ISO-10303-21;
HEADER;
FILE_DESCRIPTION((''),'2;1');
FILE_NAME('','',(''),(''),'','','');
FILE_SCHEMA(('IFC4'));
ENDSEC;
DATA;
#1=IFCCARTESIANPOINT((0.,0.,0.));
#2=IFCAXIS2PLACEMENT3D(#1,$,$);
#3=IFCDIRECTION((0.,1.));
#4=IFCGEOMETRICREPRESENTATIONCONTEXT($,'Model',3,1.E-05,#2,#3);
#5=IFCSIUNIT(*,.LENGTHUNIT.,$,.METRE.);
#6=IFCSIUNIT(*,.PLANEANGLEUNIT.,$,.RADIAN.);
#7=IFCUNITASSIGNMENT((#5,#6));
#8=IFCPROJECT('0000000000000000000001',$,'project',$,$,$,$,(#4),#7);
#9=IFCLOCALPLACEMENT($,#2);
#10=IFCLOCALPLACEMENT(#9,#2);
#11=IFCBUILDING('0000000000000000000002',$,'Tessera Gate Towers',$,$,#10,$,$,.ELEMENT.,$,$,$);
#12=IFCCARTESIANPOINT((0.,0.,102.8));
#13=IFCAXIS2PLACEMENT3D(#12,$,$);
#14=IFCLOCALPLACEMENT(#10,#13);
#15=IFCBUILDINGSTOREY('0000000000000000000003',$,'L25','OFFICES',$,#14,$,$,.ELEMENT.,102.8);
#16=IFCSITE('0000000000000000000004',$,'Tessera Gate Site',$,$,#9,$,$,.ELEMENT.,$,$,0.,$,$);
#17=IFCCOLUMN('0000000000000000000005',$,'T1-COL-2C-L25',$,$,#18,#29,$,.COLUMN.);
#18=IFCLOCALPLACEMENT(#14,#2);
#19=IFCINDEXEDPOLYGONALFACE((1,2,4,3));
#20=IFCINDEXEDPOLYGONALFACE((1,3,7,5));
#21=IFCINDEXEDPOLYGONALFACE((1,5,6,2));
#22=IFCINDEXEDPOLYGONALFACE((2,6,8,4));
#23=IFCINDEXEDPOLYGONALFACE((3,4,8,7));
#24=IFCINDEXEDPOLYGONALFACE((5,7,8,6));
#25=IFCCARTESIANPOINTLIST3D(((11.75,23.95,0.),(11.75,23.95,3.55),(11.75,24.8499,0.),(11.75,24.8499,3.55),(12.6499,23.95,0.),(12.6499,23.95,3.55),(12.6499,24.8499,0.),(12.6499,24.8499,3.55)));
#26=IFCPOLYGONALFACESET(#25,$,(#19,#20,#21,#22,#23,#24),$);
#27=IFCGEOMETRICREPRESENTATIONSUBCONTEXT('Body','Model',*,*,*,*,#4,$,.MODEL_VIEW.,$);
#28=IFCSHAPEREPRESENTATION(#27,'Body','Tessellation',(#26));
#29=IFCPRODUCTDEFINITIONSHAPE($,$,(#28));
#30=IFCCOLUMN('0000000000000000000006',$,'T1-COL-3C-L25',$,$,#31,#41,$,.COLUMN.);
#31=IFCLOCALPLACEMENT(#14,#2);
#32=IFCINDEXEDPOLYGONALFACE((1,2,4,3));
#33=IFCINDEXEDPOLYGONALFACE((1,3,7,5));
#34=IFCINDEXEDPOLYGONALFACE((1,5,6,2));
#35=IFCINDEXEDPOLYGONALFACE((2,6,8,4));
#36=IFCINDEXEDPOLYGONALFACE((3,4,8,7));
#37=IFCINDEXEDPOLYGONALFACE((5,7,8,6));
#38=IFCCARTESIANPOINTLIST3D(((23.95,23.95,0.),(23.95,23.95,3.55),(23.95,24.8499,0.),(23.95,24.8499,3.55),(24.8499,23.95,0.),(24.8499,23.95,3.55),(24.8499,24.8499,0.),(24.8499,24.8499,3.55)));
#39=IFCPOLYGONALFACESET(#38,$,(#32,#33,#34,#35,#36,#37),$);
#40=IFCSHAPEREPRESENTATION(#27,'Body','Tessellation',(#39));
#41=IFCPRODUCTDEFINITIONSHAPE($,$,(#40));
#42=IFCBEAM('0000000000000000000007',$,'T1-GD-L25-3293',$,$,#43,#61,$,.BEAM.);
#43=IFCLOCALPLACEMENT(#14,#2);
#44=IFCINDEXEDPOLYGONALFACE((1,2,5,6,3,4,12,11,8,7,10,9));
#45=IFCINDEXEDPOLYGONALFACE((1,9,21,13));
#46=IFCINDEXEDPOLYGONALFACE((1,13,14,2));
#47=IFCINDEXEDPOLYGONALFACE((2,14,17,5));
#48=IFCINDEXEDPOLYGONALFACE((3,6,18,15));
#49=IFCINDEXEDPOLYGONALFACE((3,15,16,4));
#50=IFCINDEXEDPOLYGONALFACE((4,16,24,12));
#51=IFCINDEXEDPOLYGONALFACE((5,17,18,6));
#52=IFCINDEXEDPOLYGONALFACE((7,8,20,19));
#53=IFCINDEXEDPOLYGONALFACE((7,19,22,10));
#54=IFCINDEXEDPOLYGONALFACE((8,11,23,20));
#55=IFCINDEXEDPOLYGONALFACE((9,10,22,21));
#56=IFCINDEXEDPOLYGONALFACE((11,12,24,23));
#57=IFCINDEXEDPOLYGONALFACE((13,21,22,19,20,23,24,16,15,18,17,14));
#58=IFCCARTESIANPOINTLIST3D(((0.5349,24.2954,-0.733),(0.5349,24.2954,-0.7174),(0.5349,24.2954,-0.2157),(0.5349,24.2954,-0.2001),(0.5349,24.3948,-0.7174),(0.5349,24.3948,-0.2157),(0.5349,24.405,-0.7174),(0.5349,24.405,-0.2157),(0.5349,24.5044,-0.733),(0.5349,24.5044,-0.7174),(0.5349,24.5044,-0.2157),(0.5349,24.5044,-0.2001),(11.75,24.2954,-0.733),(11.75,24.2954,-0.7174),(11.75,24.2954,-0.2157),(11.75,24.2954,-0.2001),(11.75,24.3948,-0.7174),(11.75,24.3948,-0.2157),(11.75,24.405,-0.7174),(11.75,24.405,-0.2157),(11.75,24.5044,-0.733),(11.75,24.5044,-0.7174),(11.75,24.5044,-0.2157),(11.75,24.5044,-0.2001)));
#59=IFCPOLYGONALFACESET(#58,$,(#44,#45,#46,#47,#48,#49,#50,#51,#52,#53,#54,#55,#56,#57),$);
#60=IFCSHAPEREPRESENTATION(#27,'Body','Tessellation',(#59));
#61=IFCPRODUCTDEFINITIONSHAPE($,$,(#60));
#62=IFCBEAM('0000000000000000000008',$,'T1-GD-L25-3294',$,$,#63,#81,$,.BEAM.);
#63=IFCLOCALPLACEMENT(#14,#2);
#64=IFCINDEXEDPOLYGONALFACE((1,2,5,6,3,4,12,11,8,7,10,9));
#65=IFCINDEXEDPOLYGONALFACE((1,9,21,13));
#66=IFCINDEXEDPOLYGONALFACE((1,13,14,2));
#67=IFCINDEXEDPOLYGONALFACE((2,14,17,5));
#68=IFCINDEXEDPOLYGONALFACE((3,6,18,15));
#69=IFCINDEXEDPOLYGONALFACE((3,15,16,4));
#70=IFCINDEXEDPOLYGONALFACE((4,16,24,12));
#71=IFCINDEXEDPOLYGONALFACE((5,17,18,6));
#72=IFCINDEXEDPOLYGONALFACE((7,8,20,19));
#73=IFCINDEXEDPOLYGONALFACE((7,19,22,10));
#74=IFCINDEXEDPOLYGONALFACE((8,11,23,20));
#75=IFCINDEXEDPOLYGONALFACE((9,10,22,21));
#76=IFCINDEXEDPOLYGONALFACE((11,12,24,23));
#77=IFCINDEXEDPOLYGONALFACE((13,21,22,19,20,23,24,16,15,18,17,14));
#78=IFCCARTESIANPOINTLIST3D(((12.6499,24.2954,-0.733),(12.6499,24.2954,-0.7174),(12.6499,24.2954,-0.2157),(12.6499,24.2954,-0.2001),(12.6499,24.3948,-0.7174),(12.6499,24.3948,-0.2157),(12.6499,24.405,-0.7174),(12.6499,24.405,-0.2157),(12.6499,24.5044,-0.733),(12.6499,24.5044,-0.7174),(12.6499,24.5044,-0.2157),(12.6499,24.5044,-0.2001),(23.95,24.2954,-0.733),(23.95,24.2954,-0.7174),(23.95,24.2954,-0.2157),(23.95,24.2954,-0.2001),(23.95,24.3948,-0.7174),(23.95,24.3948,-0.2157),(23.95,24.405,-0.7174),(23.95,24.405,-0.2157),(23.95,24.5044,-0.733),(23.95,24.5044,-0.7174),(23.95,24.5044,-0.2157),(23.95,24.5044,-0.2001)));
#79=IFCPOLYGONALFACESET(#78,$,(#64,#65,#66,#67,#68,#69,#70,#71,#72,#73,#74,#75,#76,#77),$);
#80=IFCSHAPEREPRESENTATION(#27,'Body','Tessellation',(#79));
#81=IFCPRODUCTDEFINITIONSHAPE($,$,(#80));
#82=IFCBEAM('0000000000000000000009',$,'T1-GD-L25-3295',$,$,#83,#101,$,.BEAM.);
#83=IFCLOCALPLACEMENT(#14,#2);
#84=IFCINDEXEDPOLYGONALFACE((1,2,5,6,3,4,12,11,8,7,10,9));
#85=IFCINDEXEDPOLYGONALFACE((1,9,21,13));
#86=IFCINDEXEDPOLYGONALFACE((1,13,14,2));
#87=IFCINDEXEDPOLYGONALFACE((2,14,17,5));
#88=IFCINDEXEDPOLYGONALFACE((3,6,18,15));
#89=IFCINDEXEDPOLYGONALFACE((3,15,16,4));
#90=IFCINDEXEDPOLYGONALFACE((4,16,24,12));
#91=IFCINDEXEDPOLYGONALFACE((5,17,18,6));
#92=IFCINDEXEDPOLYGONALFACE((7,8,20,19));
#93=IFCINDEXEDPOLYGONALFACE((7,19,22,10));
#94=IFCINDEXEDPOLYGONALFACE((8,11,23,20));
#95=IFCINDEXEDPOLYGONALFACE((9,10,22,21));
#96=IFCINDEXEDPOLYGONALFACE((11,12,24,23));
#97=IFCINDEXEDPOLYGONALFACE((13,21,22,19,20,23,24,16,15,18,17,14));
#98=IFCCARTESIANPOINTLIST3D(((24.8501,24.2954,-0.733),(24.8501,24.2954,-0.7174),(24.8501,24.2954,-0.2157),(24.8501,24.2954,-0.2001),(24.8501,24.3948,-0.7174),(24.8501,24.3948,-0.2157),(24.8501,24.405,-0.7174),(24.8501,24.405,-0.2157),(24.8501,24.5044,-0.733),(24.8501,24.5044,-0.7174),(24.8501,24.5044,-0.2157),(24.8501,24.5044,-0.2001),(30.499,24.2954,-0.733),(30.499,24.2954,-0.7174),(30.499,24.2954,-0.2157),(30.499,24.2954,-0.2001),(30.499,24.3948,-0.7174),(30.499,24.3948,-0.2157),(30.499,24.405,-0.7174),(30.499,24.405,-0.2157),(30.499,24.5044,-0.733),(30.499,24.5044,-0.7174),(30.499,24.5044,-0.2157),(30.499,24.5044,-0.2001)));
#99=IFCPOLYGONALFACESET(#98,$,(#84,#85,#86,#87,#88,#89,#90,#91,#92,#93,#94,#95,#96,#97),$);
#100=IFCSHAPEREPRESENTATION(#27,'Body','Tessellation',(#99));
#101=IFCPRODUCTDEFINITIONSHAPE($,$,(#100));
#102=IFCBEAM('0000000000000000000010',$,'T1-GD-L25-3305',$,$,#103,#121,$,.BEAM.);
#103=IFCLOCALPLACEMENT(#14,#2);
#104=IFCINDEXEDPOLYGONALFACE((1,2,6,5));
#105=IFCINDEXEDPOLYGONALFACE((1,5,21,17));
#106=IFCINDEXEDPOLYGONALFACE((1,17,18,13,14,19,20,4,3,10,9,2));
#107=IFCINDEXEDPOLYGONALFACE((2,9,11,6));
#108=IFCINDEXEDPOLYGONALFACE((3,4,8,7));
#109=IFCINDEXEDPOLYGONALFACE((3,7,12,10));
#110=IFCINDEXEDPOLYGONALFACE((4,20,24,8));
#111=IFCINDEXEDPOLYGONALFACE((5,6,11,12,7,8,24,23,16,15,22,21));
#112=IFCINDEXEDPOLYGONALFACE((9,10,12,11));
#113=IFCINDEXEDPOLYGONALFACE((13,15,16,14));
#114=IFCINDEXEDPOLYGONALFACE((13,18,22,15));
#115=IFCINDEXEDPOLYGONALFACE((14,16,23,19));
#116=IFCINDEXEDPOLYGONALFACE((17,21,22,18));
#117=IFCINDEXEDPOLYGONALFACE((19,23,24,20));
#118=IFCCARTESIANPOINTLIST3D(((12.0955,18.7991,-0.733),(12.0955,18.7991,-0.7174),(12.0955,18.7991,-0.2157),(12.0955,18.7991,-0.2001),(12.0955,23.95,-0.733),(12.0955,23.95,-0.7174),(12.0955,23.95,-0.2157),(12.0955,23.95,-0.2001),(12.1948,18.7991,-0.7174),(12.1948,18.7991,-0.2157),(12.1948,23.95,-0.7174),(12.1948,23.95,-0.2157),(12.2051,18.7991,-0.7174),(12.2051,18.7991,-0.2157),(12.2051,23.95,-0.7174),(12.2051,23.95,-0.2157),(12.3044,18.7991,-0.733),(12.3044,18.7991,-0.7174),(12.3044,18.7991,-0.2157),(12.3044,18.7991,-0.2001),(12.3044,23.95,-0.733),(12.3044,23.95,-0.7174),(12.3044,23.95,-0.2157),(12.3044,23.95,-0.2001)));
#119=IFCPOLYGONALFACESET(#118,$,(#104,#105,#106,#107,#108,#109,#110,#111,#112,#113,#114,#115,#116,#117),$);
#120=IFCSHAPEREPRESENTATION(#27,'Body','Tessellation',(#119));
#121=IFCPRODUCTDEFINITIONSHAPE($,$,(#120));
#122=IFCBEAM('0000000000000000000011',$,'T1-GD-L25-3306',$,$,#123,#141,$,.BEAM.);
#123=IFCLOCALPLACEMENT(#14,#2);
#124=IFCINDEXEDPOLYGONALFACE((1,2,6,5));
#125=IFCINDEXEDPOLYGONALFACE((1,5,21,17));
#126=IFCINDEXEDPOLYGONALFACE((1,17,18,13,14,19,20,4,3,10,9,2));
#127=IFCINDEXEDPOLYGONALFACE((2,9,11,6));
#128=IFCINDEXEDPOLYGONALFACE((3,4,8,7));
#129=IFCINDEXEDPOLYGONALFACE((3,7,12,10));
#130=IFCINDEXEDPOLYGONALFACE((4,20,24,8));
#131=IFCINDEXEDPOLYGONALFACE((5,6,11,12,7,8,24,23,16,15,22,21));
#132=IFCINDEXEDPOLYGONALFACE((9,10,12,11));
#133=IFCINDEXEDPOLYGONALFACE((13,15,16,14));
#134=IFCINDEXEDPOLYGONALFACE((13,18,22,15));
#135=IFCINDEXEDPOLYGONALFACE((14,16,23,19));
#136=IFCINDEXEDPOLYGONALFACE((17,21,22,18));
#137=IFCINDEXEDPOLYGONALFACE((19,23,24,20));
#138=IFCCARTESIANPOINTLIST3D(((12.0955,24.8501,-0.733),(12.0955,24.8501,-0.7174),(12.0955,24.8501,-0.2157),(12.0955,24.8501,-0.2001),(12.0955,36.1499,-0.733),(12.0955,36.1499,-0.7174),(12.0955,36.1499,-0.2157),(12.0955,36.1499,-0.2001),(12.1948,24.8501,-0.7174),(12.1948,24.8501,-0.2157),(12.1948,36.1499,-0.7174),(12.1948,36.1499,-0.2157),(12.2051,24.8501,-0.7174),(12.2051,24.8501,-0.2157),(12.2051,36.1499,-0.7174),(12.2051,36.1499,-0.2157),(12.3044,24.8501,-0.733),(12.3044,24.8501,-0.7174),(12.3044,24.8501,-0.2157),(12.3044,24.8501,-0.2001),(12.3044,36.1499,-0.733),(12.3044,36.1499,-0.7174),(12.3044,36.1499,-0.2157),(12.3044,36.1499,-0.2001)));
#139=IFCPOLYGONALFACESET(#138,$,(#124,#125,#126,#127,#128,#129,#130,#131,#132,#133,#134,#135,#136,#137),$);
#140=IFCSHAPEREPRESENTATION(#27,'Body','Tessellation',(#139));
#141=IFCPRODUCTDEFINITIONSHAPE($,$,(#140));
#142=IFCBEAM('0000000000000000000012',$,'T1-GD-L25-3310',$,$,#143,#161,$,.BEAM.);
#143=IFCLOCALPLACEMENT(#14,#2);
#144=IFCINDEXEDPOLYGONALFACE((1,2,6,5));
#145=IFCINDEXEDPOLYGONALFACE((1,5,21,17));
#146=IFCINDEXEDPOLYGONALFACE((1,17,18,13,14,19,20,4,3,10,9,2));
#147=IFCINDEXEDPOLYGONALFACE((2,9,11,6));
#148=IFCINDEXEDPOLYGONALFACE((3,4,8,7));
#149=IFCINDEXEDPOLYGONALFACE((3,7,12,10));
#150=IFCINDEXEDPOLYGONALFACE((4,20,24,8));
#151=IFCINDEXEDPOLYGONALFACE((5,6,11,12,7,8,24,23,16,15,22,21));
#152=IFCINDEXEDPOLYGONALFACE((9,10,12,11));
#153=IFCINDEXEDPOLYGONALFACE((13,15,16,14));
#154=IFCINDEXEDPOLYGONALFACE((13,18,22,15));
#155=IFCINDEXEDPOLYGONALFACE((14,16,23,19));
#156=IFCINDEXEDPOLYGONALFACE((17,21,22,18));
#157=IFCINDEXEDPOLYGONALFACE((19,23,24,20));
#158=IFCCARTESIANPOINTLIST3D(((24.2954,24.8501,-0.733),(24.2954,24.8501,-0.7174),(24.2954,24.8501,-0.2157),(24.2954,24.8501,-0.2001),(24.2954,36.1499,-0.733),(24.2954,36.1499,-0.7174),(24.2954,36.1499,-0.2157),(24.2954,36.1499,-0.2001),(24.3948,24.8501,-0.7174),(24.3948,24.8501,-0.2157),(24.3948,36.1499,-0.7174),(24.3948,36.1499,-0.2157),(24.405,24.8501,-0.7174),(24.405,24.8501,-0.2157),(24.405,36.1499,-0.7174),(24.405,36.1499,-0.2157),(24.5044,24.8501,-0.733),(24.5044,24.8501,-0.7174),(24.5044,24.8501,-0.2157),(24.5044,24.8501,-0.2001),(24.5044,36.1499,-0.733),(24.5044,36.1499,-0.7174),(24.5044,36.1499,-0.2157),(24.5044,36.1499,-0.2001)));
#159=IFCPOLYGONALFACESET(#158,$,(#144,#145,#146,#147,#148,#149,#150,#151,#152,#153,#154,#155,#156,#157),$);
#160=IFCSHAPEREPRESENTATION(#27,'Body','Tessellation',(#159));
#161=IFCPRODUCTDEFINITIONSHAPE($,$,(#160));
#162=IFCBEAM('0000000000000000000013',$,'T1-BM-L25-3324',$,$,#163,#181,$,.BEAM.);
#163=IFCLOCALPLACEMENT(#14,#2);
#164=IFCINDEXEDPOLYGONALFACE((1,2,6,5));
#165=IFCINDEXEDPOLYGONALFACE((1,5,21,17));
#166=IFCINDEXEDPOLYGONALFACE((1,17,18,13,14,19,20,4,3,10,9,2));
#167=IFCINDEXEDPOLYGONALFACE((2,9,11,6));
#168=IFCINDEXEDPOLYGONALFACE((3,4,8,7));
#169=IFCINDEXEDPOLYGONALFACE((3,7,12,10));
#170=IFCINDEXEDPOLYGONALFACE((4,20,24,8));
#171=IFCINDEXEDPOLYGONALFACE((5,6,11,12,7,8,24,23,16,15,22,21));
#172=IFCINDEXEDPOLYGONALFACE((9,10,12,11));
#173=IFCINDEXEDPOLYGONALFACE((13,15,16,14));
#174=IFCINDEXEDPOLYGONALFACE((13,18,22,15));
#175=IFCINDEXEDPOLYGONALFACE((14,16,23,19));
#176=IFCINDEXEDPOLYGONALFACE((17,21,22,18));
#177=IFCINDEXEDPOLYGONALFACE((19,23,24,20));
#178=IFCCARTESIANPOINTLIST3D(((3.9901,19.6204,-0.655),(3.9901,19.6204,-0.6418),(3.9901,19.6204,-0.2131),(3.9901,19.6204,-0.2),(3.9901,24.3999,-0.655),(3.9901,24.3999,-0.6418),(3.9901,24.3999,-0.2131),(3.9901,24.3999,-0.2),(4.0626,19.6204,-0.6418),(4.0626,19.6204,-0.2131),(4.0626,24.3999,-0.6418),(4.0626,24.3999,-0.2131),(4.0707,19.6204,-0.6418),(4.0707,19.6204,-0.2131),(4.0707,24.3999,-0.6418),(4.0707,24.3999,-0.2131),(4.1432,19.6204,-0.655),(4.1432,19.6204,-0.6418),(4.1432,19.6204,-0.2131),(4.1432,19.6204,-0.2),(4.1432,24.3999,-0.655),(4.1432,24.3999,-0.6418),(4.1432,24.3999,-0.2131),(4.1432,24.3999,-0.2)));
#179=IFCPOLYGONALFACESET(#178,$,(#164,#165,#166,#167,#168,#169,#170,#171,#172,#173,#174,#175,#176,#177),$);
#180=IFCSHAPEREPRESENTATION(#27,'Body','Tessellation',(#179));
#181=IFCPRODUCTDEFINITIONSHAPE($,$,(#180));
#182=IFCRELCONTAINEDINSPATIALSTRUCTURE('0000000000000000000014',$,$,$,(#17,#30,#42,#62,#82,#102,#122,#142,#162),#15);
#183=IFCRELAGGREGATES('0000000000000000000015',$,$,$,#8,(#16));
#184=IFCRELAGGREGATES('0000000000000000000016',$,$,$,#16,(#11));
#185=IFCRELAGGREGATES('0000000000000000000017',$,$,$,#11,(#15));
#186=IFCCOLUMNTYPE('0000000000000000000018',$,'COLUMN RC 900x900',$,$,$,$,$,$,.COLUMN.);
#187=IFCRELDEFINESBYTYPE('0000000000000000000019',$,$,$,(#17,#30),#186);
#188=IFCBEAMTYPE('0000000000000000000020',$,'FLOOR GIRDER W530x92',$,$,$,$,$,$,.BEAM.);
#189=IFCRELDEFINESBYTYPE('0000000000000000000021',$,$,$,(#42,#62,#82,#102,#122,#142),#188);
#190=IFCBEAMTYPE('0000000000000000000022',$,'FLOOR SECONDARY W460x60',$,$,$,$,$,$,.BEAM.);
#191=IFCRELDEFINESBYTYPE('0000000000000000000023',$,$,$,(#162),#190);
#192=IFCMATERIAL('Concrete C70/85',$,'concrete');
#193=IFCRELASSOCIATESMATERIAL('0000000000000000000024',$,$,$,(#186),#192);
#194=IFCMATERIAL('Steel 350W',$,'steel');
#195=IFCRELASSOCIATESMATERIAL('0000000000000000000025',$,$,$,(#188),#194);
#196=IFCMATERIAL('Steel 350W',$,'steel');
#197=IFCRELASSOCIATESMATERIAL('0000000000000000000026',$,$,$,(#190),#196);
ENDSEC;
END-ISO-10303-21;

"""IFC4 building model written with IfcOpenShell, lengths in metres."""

from ifc_helpers import new_model, si_unit, direction, frame, origin, origin_2d, place, context, subcontext, project, spatial, rectangle, i_section, extrude, material, material_profile, profile_set, type_object, element, save


model = new_model("IFC4")

# Units and contexts
model_context = context("Model", 3, precision=1e-05, world=origin(), true_north=direction((0.0, 1.0)))
body_context = subcontext(model_context, "Body", "Model", "MODEL_VIEW")
ifc_project = project(units=[si_unit("LENGTHUNIT", "METRE"), si_unit("PLANEANGLEUNIT", "RADIAN")], contexts=[model_context])

# Site, building, storey
site_placement = place(None, origin())
site = spatial("IfcSite", under=ifc_project, at=site_placement, Name="Tessera Gate Site", CompositionType="ELEMENT", RefElevation=0.0)
building_placement = place(site_placement, origin())
building = spatial("IfcBuilding", under=site, at=building_placement, Name="Tessera Gate Towers", CompositionType="ELEMENT")
storey_placement = place(building_placement, frame((0.0, 0.0, 102.8)))
storey = spatial("IfcBuildingStorey", under=building, at=storey_placement, Name="L25", Description="OFFICES", CompositionType="ELEMENT", Elevation=102.8)

# Columns
ifc_material_1 = material(Name="Concrete C70/85", Category="concrete")
ifc_material_profile_1 = material_profile(ifc_material_1, rectangle(XDim=0.8999, YDim=0.8999, at=origin_2d()), Name="RC 900x900")
ifc_profile_set_1 = profile_set([ifc_material_profile_1], Name="Concrete C70/85")
column_type = type_object("IfcColumnType", Name="COLUMN RC 900x900", PredefinedType="COLUMN", material=ifc_profile_set_1)
for number, where, z_axis, x_axis, name in (
    (1, (12.2, 24.3999, 0.0), (0.0, 0.0, 1.0), (1.0, 0.0, 0.0), "T1-COL-2C-L25"),
    (2, (24.3999, 24.3999, 0.0), (0.0, 0.0, 1.0), (1.0, 0.0, 0.0), "T1-COL-3C-L25"),
):
    element("IfcColumn", number, at=place(storey_placement, frame(where, z_axis=z_axis, x_axis=x_axis)), inside=storey, type_object=column_type, Name=name, PredefinedType="COLUMN", context=body_context, shape_type="SweptSolid", body=[
        extrude(rectangle(XDim=0.8999, YDim=0.8999, at=origin_2d()), origin(), (0.0, 0.0, 1.0), 3.55),
    ])

# Beams
ifc_material_2 = material(Name="Steel 350W", Category="steel")
ifc_material_profile_2 = material_profile(ifc_material_2, i_section(OverallWidth=0.209, OverallDepth=0.533, WebThickness=0.0103, FlangeThickness=0.0156, at=origin_2d()), Name="W530x92")
ifc_profile_set_2 = profile_set([ifc_material_profile_2], Name="Steel 350W")
beam_type_1 = type_object("IfcBeamType", Name="FLOOR GIRDER W530x92", PredefinedType="BEAM", material=ifc_profile_set_2)
beam_1_placement = place(storey_placement, frame((0.5349, 24.3999, -0.4666), z_axis=(1.0, 0.0, 0.0), x_axis=(0.0, 1.0, 0.0)))
element("IfcBeam", 3, at=beam_1_placement, inside=storey, type_object=beam_type_1, Name="T1-GD-L25-3293", PredefinedType="BEAM", context=body_context, shape_type="SweptSolid", body=[
    extrude(i_section(OverallWidth=0.209, OverallDepth=0.533, WebThickness=0.0103, FlangeThickness=0.0156, at=origin_2d()), origin(), (0.0, 0.0, 1.0), 11.2151),
])
beam_2_placement = place(storey_placement, frame((12.6499, 24.3999, -0.4666), z_axis=(1.0, 0.0, 0.0), x_axis=(0.0, 1.0, 0.0)))
element("IfcBeam", 4, at=beam_2_placement, inside=storey, type_object=beam_type_1, Name="T1-GD-L25-3294", PredefinedType="BEAM", context=body_context, shape_type="SweptSolid", body=[
    extrude(i_section(OverallWidth=0.209, OverallDepth=0.533, WebThickness=0.0103, FlangeThickness=0.0156, at=origin_2d()), origin(), (0.0, 0.0, 1.0), 11.3),
])
beam_3_placement = place(storey_placement, frame((24.8501, 24.3999, -0.4666), z_axis=(1.0, 0.0, 0.0), x_axis=(0.0, 1.0, 0.0)))
element("IfcBeam", 5, at=beam_3_placement, inside=storey, type_object=beam_type_1, Name="T1-GD-L25-3295", PredefinedType="BEAM", context=body_context, shape_type="SweptSolid", body=[
    extrude(i_section(OverallWidth=0.209, OverallDepth=0.533, WebThickness=0.0103, FlangeThickness=0.0156, at=origin_2d()), origin(), (0.0, 0.0, 1.0), 5.6489),
])
beam_4_placement = place(storey_placement, frame((12.2, 18.7991, -0.4666), z_axis=(0.0, 1.0, 0.0), x_axis=(-1.0, 0.0, 0.0)))
element("IfcBeam", 6, at=beam_4_placement, inside=storey, type_object=beam_type_1, Name="T1-GD-L25-3305", PredefinedType="BEAM", context=body_context, shape_type="SweptSolid", body=[
    extrude(i_section(OverallWidth=0.209, OverallDepth=0.533, WebThickness=0.0103, FlangeThickness=0.0156, at=origin_2d()), origin(), (0.0, 0.0, 1.0), 5.1509),
])
for number, where, z_axis, x_axis, name in (
    (7, (12.2, 24.8501, -0.4666), (0.0, 1.0, 0.0), (-1.0, 0.0, 0.0), "T1-GD-L25-3306"),
    (8, (24.3999, 24.8501, -0.4666), (0.0, 1.0, 0.0), (-1.0, 0.0, 0.0), "T1-GD-L25-3310"),
):
    element("IfcBeam", number, at=place(storey_placement, frame(where, z_axis=z_axis, x_axis=x_axis)), inside=storey, type_object=beam_type_1, Name=name, PredefinedType="BEAM", context=body_context, shape_type="SweptSolid", body=[
        extrude(i_section(OverallWidth=0.209, OverallDepth=0.533, WebThickness=0.0103, FlangeThickness=0.0156, at=origin_2d()), origin(), (0.0, 0.0, 1.0), 11.2998),
    ])
ifc_material_3 = material(Name="Steel 350W", Category="steel")
ifc_material_profile_3 = material_profile(ifc_material_3, i_section(OverallWidth=0.1531, OverallDepth=0.4551, WebThickness=0.0081, FlangeThickness=0.0132, at=origin_2d()), Name="W460x60")
ifc_profile_set_3 = profile_set([ifc_material_profile_3], Name="Steel 350W")
beam_type_2 = type_object("IfcBeamType", Name="FLOOR SECONDARY W460x60", PredefinedType="BEAM", material=ifc_profile_set_3)
beam_5_placement = place(storey_placement, frame((4.0667, 19.6204, -0.4275), z_axis=(0.0, 1.0, 0.0), x_axis=(-1.0, 0.0, 0.0)))
element("IfcBeam", 9, at=beam_5_placement, inside=storey, type_object=beam_type_2, Name="T1-BM-L25-3324", PredefinedType="BEAM", context=body_context, shape_type="SweptSolid", body=[
    extrude(i_section(OverallWidth=0.1531, OverallDepth=0.4551, WebThickness=0.0081, FlangeThickness=0.0132, at=origin_2d()), origin(), (0.0, 0.0, 1.0), 4.7795),
])

save(model, "model.ifc")
